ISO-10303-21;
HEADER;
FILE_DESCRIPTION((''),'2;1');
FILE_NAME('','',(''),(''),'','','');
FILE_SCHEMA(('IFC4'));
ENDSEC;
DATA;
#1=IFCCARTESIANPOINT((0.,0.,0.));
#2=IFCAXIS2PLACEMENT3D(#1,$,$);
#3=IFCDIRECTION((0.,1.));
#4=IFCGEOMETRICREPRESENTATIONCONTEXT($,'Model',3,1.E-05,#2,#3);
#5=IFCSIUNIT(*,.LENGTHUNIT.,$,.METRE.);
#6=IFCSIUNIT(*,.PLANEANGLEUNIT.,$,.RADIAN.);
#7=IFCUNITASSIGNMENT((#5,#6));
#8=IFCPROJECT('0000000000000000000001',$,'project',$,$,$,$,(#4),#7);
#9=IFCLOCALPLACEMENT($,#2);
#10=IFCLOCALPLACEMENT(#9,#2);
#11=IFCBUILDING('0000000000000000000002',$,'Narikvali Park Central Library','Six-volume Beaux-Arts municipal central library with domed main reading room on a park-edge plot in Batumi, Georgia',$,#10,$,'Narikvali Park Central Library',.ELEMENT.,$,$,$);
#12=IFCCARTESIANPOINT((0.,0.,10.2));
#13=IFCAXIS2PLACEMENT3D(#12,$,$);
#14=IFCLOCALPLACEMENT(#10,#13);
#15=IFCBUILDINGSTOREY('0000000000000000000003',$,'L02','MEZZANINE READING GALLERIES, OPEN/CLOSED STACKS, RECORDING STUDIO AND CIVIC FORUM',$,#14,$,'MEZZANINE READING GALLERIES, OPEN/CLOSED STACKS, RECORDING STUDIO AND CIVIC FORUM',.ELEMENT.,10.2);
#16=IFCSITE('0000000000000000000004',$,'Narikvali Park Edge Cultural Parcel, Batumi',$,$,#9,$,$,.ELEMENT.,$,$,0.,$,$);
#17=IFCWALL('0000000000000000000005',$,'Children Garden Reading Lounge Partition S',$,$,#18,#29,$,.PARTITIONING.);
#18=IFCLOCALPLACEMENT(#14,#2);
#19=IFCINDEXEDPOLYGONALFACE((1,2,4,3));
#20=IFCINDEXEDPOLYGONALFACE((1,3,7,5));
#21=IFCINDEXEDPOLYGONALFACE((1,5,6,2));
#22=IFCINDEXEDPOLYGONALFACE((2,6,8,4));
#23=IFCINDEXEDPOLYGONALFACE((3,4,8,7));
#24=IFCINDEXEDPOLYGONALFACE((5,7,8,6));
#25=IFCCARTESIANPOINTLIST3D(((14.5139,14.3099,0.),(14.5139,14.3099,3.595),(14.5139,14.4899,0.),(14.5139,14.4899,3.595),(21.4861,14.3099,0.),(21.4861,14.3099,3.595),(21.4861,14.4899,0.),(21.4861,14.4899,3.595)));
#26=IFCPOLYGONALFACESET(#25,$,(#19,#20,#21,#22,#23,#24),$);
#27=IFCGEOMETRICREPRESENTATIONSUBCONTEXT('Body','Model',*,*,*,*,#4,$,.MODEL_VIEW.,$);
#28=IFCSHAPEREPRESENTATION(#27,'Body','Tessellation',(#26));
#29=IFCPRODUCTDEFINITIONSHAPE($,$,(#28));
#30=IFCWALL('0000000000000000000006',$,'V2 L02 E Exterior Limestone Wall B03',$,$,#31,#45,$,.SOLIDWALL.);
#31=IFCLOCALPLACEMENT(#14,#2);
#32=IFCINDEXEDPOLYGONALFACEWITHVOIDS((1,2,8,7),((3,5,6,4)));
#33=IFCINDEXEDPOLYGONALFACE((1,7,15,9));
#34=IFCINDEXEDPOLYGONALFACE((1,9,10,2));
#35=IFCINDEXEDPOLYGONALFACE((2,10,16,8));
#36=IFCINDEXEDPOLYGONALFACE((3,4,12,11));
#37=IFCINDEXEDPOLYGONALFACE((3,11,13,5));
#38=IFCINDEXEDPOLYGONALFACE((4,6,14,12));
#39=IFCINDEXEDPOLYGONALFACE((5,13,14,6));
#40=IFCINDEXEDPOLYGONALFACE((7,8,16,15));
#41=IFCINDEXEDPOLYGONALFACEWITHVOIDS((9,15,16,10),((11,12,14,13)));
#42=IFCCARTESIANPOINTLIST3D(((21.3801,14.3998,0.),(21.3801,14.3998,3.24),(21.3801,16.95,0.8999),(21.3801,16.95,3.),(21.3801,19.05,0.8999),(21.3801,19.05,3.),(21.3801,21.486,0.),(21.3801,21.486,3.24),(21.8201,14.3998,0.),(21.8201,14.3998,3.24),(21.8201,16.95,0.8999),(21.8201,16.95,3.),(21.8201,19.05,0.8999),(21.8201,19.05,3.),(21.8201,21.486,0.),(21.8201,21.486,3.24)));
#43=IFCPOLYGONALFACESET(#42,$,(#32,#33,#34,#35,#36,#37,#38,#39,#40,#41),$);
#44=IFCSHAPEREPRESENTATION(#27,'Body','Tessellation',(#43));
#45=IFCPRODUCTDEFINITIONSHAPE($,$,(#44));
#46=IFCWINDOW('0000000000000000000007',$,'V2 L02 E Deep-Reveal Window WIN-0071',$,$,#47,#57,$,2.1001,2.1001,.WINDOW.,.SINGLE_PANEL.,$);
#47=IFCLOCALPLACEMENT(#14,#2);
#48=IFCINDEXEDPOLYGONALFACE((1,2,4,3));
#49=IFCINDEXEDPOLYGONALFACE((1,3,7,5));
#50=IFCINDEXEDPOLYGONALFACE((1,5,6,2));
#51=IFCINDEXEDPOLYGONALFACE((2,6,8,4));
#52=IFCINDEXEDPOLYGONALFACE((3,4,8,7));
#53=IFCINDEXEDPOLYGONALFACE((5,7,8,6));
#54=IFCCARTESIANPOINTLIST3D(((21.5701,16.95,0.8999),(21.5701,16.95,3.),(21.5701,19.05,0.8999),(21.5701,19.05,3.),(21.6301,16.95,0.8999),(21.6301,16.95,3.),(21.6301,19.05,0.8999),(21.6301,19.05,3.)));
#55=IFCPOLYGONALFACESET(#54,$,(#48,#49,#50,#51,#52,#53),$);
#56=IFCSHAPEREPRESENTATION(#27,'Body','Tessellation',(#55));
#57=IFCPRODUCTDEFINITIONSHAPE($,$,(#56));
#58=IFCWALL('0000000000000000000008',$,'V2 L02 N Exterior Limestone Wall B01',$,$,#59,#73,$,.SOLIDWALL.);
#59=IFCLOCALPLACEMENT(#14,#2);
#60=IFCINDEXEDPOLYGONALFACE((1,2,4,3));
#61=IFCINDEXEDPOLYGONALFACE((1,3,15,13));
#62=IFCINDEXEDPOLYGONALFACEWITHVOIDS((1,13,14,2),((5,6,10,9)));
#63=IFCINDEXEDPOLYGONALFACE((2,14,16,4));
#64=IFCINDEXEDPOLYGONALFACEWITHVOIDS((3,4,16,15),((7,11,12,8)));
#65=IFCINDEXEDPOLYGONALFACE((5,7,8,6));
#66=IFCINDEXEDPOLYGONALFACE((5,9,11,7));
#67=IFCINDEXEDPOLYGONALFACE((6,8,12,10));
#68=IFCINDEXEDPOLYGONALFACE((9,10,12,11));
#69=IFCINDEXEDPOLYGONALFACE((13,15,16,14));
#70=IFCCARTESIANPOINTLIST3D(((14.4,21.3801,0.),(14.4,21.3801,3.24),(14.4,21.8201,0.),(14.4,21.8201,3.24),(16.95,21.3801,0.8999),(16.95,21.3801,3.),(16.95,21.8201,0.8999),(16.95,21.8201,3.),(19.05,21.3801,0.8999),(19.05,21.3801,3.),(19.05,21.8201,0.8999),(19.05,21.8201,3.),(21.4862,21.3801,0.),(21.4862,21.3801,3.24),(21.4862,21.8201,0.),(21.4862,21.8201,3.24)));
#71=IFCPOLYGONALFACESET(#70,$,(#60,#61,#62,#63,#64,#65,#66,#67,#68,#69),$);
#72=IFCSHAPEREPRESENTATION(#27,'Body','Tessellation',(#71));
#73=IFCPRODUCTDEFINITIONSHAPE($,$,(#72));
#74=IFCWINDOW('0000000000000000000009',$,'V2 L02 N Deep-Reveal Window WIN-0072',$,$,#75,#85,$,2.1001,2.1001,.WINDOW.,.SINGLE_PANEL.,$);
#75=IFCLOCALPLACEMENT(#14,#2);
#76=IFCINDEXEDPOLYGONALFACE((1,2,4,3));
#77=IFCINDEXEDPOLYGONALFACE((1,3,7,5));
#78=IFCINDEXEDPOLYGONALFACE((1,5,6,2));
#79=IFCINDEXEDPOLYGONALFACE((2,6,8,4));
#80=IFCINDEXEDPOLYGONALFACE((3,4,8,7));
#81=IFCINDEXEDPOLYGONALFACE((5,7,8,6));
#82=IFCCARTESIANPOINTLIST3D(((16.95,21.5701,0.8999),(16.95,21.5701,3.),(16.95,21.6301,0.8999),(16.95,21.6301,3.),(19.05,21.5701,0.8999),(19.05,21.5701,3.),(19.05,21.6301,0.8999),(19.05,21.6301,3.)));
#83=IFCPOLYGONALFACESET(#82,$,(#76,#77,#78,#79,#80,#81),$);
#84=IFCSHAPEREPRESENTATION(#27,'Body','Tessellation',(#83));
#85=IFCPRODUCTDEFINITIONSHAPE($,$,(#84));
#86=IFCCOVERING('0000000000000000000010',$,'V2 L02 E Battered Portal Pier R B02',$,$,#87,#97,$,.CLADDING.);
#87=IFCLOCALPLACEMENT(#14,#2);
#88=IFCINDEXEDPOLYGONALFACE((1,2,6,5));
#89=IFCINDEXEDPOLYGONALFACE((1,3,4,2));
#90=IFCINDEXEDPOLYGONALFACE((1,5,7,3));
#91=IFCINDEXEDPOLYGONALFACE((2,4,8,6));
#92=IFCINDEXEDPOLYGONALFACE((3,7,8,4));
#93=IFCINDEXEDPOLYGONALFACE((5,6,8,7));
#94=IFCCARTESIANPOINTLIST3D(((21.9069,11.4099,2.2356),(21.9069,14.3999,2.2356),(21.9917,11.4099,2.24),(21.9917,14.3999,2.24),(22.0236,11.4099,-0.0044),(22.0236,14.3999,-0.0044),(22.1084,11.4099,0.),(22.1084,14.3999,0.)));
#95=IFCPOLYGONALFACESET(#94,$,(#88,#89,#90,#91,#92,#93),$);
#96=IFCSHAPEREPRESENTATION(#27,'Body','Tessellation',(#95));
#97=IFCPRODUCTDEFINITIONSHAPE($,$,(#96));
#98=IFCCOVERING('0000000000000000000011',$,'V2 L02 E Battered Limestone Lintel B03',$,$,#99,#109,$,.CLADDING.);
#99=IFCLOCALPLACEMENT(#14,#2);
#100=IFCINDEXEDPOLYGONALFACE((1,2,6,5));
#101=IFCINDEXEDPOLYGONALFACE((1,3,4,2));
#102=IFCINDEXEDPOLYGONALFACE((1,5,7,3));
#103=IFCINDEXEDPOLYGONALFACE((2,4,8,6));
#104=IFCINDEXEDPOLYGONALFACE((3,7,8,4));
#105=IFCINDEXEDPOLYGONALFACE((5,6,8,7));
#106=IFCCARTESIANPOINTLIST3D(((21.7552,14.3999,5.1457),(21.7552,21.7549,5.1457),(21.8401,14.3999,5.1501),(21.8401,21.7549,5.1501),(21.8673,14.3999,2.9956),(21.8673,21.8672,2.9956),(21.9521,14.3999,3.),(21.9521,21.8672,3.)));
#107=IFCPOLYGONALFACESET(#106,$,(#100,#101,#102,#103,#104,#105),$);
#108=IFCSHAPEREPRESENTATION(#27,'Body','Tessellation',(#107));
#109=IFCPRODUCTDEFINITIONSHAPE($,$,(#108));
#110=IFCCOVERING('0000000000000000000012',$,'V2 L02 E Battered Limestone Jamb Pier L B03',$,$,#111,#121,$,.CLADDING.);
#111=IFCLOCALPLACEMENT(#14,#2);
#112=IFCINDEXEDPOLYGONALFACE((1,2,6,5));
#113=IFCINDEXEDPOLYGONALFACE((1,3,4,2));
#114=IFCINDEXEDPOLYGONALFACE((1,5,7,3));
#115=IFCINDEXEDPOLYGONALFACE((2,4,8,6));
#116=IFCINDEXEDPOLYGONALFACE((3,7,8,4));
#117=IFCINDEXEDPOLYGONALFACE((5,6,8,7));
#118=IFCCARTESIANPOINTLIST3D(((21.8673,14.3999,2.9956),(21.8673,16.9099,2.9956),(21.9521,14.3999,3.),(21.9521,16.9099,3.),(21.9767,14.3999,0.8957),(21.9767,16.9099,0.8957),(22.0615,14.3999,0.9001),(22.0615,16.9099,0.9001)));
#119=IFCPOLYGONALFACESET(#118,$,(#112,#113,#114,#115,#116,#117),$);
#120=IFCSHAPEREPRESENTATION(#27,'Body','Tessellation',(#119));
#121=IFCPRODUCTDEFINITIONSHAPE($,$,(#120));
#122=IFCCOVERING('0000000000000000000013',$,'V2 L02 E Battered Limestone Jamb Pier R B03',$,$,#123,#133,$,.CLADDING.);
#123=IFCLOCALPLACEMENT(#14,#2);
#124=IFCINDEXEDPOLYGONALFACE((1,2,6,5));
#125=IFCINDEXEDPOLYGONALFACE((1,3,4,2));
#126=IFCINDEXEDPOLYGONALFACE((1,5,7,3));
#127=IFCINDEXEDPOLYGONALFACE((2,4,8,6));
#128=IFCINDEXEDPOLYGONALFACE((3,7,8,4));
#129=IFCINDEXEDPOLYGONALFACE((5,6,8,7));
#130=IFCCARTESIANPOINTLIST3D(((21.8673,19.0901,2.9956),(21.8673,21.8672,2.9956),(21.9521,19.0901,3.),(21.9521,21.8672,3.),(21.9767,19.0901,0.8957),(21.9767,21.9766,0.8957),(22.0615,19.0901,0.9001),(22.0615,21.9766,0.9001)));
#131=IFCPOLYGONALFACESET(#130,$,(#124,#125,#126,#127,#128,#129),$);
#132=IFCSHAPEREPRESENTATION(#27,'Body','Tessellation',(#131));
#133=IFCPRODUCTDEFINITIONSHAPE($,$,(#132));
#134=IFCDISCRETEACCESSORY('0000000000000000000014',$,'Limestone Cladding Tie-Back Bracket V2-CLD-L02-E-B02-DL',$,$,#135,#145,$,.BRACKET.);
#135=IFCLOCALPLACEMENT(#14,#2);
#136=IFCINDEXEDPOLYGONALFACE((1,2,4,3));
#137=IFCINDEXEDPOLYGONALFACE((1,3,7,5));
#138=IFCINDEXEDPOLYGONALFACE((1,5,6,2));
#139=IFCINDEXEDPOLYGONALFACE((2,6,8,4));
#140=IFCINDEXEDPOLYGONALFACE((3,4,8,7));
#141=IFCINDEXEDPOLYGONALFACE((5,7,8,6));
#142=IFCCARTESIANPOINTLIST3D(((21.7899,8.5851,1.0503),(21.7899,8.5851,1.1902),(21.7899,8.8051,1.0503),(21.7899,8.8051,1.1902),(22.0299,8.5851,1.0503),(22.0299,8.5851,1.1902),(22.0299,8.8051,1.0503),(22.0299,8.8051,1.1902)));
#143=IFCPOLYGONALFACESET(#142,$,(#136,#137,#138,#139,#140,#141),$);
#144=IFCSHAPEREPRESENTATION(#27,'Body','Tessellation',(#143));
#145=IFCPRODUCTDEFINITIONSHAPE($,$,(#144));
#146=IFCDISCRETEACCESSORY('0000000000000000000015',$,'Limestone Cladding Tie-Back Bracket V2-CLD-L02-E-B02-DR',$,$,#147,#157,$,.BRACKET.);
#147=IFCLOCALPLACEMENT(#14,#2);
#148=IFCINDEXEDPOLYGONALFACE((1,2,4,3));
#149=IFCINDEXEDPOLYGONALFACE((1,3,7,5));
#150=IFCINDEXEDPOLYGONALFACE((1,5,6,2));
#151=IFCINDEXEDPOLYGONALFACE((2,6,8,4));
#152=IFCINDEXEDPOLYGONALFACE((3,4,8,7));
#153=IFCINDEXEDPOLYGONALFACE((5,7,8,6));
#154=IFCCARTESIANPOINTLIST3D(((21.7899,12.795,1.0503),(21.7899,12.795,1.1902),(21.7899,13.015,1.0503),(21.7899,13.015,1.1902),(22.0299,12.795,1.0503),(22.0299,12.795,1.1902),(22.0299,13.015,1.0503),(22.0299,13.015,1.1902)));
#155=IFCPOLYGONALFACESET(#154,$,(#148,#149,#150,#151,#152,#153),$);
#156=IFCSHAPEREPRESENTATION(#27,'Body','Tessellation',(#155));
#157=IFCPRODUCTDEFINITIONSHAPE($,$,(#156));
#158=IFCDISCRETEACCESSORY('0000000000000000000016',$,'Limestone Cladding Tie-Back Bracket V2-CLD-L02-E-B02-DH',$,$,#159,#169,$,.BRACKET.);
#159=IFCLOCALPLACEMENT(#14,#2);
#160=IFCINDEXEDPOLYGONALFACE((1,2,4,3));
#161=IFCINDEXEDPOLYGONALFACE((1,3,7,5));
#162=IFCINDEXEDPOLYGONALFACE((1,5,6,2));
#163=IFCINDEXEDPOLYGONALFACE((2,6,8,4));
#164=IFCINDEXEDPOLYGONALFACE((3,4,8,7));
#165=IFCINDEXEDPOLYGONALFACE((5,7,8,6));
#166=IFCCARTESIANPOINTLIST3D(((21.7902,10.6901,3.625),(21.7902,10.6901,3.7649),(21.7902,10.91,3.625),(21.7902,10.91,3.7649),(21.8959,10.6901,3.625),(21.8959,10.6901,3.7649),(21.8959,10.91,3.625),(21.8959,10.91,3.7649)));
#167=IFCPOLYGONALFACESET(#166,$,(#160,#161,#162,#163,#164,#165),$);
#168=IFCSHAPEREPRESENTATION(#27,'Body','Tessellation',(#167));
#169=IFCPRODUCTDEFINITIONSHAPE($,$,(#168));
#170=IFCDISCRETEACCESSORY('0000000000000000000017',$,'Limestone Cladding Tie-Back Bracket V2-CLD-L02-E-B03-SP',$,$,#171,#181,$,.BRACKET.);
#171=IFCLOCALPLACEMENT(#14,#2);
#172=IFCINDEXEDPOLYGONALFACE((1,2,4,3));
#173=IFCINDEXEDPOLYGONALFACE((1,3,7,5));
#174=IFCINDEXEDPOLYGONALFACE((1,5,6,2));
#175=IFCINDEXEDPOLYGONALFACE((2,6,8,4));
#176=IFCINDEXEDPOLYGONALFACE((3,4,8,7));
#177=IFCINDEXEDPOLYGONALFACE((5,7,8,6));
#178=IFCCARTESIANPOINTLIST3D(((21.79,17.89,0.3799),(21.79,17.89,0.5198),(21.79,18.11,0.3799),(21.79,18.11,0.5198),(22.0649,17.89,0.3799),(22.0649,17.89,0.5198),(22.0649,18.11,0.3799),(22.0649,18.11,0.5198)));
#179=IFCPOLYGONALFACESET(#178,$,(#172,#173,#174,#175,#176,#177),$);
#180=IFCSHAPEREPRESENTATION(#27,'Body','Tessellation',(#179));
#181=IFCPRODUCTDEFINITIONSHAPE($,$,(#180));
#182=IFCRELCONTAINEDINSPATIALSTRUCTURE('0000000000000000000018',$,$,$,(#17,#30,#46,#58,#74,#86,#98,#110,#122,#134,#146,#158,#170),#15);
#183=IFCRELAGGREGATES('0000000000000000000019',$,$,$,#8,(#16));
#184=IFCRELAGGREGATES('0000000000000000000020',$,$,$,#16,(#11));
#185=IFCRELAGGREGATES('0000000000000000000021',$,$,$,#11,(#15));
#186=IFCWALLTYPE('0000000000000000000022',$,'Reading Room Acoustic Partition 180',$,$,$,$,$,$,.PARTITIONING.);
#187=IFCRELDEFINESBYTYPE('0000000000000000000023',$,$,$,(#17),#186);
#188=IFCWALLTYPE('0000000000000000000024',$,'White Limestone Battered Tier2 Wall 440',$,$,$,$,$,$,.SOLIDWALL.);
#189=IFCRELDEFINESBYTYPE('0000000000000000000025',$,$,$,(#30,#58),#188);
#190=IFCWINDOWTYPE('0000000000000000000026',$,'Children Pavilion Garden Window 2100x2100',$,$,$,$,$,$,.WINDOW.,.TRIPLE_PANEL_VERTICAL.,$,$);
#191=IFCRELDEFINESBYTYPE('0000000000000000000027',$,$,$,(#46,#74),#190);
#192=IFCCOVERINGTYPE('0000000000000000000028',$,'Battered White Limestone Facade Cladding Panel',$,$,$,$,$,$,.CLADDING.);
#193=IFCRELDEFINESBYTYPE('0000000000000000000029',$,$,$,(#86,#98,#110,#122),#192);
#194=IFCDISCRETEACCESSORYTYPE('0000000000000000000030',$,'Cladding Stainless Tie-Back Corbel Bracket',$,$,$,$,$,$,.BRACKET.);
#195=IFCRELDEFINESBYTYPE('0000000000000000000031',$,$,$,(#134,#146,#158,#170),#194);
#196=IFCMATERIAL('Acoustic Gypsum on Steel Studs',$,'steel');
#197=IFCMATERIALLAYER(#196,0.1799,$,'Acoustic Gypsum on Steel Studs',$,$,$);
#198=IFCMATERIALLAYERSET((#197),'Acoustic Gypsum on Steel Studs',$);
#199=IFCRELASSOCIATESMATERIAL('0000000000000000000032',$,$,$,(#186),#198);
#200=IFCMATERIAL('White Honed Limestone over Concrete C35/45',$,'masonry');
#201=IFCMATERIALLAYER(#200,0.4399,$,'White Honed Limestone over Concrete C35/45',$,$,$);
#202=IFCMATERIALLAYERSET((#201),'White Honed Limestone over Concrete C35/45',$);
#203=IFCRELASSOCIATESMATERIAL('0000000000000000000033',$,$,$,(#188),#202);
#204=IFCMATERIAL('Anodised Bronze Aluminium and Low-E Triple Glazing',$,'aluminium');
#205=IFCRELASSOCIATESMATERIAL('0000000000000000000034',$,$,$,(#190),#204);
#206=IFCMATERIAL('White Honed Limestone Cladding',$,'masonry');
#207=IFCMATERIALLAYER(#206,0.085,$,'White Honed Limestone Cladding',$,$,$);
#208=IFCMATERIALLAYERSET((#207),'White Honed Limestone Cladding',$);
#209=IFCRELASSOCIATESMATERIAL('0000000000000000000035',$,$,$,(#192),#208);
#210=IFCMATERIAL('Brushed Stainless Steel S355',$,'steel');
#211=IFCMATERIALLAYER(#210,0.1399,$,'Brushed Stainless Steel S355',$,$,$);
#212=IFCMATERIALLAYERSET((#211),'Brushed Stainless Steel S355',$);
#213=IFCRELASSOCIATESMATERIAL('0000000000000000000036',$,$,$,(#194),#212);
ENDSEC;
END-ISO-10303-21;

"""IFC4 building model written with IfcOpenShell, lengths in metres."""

from ifc_helpers import new_model, si_unit, direction, frame, frame_2d, origin, origin_2d, place, context, subcontext, project, spatial, polyline, rectangle, outline, extrude, material, layer, layer_set, type_object, element, fill, save


model = new_model("IFC4")

# Units and contexts
model_context = context("Model", 3, precision=1e-05, world=origin(), true_north=direction((0.0, 1.0)))
body_context = subcontext(model_context, "Body", "Model", "MODEL_VIEW")
ifc_project = project(units=[si_unit("LENGTHUNIT", "METRE"), si_unit("PLANEANGLEUNIT", "RADIAN")], contexts=[model_context])

# Site, building, storey
site_placement = place(None, origin())
site = spatial("IfcSite", under=ifc_project, at=site_placement, Name="Narikvali Park Edge Cultural Parcel, Batumi", CompositionType="ELEMENT", RefElevation=0.0)
building_placement = place(site_placement, origin())
building = spatial("IfcBuilding", under=site, at=building_placement, Name="Narikvali Park Central Library", Description="Six-volume Beaux-Arts municipal central library with domed main reading room on a park-edge plot in Batumi, Georgia", LongName="Narikvali Park Central Library", CompositionType="ELEMENT")
storey_placement = place(building_placement, frame((0.0, 0.0, 10.2)))
storey = spatial("IfcBuildingStorey", under=building, at=storey_placement, Name="L02", Description="MEZZANINE READING GALLERIES, OPEN/CLOSED STACKS, RECORDING STUDIO AND CIVIC FORUM", LongName="MEZZANINE READING GALLERIES, OPEN/CLOSED STACKS, RECORDING STUDIO AND CIVIC FORUM", CompositionType="ELEMENT", Elevation=10.2)

# Wall
ifc_material_1 = material(Name="Acoustic Gypsum on Steel Studs", Category="steel")
ifc_layer_1 = layer(ifc_material_1, 0.1799, Name="Acoustic Gypsum on Steel Studs")
ifc_layer_set_1 = layer_set([ifc_layer_1], Name="Acoustic Gypsum on Steel Studs")
wall_type_1 = type_object("IfcWallType", Name="Reading Room Acoustic Partition 180", PredefinedType="PARTITIONING", material=ifc_layer_set_1)
wall_1_placement = place(storey_placement, frame((14.5139, 14.3999, 0.0), z_axis=(0.0, 0.0, 1.0), x_axis=(1.0, 0.0, 0.0)))
element("IfcWall", 1, at=wall_1_placement, inside=storey, type_object=wall_type_1, Name="Children Garden Reading Lounge Partition S", PredefinedType="PARTITIONING", context=body_context, shape_type="SweptSolid", body=[
    extrude(rectangle(XDim=6.9722, YDim=0.1799, at=frame_2d((3.4861, 0.0))), origin(), (0.0, 0.0, 1.0), 3.595),
])

# Walls, openings, windows
ifc_material_2 = material(Name="White Honed Limestone over Concrete C35/45", Category="masonry")
ifc_layer_2 = layer(ifc_material_2, 0.4399, Name="White Honed Limestone over Concrete C35/45")
ifc_layer_set_2 = layer_set([ifc_layer_2], Name="White Honed Limestone over Concrete C35/45")
wall_type_2 = type_object("IfcWallType", Name="White Limestone Battered Tier2 Wall 440", PredefinedType="SOLIDWALL", material=ifc_layer_set_2)
wall_2_placement = place(storey_placement, frame((21.6001, 14.3999, 0.0), z_axis=(0.0, 0.0, 1.0), x_axis=(0.0, 1.0, 0.0)))
wall_2 = element("IfcWall", 2, at=wall_2_placement, inside=storey, type_object=wall_type_2, Name="V2 L02 E Exterior Limestone Wall B03", PredefinedType="SOLIDWALL", context=body_context, shape_type="SweptSolid", body=[
    extrude(rectangle(XDim=7.0862, YDim=0.4399, at=frame_2d((3.543, 0.0))), origin(), (0.0, 0.0, 1.0), 3.24),
])
opening_1_placement = place(wall_2_placement, frame((2.55, 0.0, 0.8999)))
opening_1 = element("IfcOpeningElement", 3, at=opening_1_placement, cuts=wall_2, PredefinedType="OPENING", context=body_context, shape_type="SweptSolid", body=[
    extrude(rectangle(XDim=2.1001, YDim=2.1001, at=frame_2d((1.05, 1.05))), frame((0.0, 0.2319, 0.0), z_axis=(0.0, -1.0, 0.0), x_axis=(1.0, 0.0, 0.0)), (0.0, 0.0, 1.0), 0.4639),
])
ifc_material_3 = material(Name="Anodised Bronze Aluminium and Low-E Triple Glazing", Category="aluminium")
window_type = type_object("IfcWindowType", Name="Children Pavilion Garden Window 2100x2100", PartitioningType="TRIPLE_PANEL_VERTICAL", PredefinedType="WINDOW", material=ifc_material_3)
window_1_placement = place(opening_1_placement, origin())
window_1 = element("IfcWindow", 4, at=window_1_placement, inside=storey, type_object=window_type, Name="V2 L02 E Deep-Reveal Window WIN-0071", OverallHeight=2.1001, OverallWidth=2.1001, PartitioningType="SINGLE_PANEL", PredefinedType="WINDOW", context=body_context, shape_type="SweptSolid", body=[
    extrude(rectangle(XDim=2.1001, YDim=2.1001, at=frame_2d((1.05, 1.05))), frame((0.0, 0.03, 0.0), z_axis=(0.0, -1.0, 0.0), x_axis=(1.0, 0.0, 0.0)), (0.0, 0.0, 1.0), 0.0601),
])
fill(opening_1, window_1)
wall_3_placement = place(storey_placement, frame((21.4861, 21.6001, 0.0), z_axis=(0.0, 0.0, 1.0), x_axis=(-1.0, 0.0, 0.0)))
wall_3 = element("IfcWall", 5, at=wall_3_placement, inside=storey, type_object=wall_type_2, Name="V2 L02 N Exterior Limestone Wall B01", PredefinedType="SOLIDWALL", context=body_context, shape_type="SweptSolid", body=[
    extrude(rectangle(XDim=7.0862, YDim=0.4399, at=frame_2d((3.543, 0.0))), origin(), (0.0, 0.0, 1.0), 3.24),
])
opening_2_placement = place(wall_3_placement, frame((2.436, 0.0, 0.8999)))
opening_2 = element("IfcOpeningElement", 6, at=opening_2_placement, cuts=wall_3, PredefinedType="OPENING", context=body_context, shape_type="SweptSolid", body=[
    extrude(rectangle(XDim=2.1001, YDim=2.1001, at=frame_2d((1.05, 1.05))), frame((0.0, 0.2319, 0.0), z_axis=(0.0, -1.0, 0.0), x_axis=(1.0, 0.0, 0.0)), (0.0, 0.0, 1.0), 0.4639),
])
window_2_placement = place(opening_2_placement, origin())
window_2 = element("IfcWindow", 7, at=window_2_placement, inside=storey, type_object=window_type, Name="V2 L02 N Deep-Reveal Window WIN-0072", OverallHeight=2.1001, OverallWidth=2.1001, PartitioningType="SINGLE_PANEL", PredefinedType="WINDOW", context=body_context, shape_type="SweptSolid", body=[
    extrude(rectangle(XDim=2.1001, YDim=2.1001, at=frame_2d((1.05, 1.05))), frame((0.0, 0.03, 0.0), z_axis=(0.0, -1.0, 0.0), x_axis=(1.0, 0.0, 0.0)), (0.0, 0.0, 1.0), 0.0601),
])
fill(opening_2, window_2)

# Coverings
ifc_material_4 = material(Name="White Honed Limestone Cladding", Category="masonry")
ifc_layer_3 = layer(ifc_material_4, 0.085, Name="White Honed Limestone Cladding")
ifc_layer_set_3 = layer_set([ifc_layer_3], Name="White Honed Limestone Cladding")
covering_type = type_object("IfcCoveringType", Name="Battered White Limestone Facade Cladding Panel", PredefinedType="CLADDING", material=ifc_layer_set_3)
covering_1_placement = place(storey_placement, frame((22.1084, 11.4099, 0.0), z_axis=(0.998646, 0.0, 0.052028), x_axis=(0.0, 1.0, 0.0)))
element("IfcCovering", 8, at=covering_1_placement, inside=storey, type_object=covering_type, Name="V2 L02 E Battered Portal Pier R B02", PredefinedType="CLADDING", context=body_context, shape_type="SweptSolid", body=[
    extrude(outline(polyline([(0.0, 0.0), (2.99, 0.0), (2.99, 2.243), (0.0, 2.243), (0.0, 0.0)])), origin(), (0.0, 0.0, -1.0), 0.085),
])
covering_2_placement = place(storey_placement, frame((21.9521, 14.3999, 3.0), z_axis=(0.998645, 0.0, 0.052047), x_axis=(0.0, 1.0, 0.0)))
element("IfcCovering", 9, at=covering_2_placement, inside=storey, type_object=covering_type, Name="V2 L02 E Battered Limestone Lintel B03", PredefinedType="CLADDING", context=body_context, shape_type="SweptSolid", body=[
    extrude(outline(polyline([(0.0, 0.0), (7.4673, 0.0), (7.355, 2.1531), (0.0, 2.1531), (0.0, 0.0)])), origin(), (0.0, 0.0, -1.0), 0.085),
])
covering_3_placement = place(storey_placement, frame((22.0615, 14.3999, 0.9001), z_axis=(0.998646, 0.0, 0.052016), x_axis=(0.0, 1.0, 0.0)))
element("IfcCovering", 10, at=covering_3_placement, inside=storey, type_object=covering_type, Name="V2 L02 E Battered Limestone Jamb Pier L B03", PredefinedType="CLADDING", context=body_context, shape_type="SweptSolid", body=[
    extrude(outline(polyline([(0.0, 0.0), (2.51, 0.0), (2.51, 2.1027), (0.0, 2.1027), (0.0, 0.0)])), origin(), (0.0, 0.0, -1.0), 0.085),
])
covering_4_placement = place(storey_placement, frame((22.0615, 19.0901, 0.9001), z_axis=(0.998646, 0.0, 0.052016), x_axis=(0.0, 1.0, 0.0)))
element("IfcCovering", 11, at=covering_4_placement, inside=storey, type_object=covering_type, Name="V2 L02 E Battered Limestone Jamb Pier R B03", PredefinedType="CLADDING", context=body_context, shape_type="SweptSolid", body=[
    extrude(outline(polyline([(0.0, 0.0), (2.8865, 0.0), (2.7771, 2.1027), (0.0, 2.1027), (0.0, 0.0)])), origin(), (0.0, 0.0, -1.0), 0.085),
])

# Discrete accessories
ifc_material_5 = material(Name="Brushed Stainless Steel S355", Category="steel")
ifc_layer_4 = layer(ifc_material_5, 0.1399, Name="Brushed Stainless Steel S355")
ifc_layer_set_4 = layer_set([ifc_layer_4], Name="Brushed Stainless Steel S355")
discrete_accessory_type = type_object("IfcDiscreteAccessoryType", Name="Cladding Stainless Tie-Back Corbel Bracket", PredefinedType="BRACKET", material=ifc_layer_set_4)
for number, where, z_axis, x_axis, name in (
    (12, (21.9099, 8.6951, 1.0503), (0.0, 0.0, 1.0), (1.0, 0.0, 0.0), "Limestone Cladding Tie-Back Bracket V2-CLD-L02-E-B02-DL"),
    (13, (21.9099, 12.905, 1.0503), (0.0, 0.0, 1.0), (1.0, 0.0, 0.0), "Limestone Cladding Tie-Back Bracket V2-CLD-L02-E-B02-DR"),
):
    element("IfcDiscreteAccessory", number, at=place(storey_placement, frame(where, z_axis=z_axis, x_axis=x_axis)), inside=storey, type_object=discrete_accessory_type, Name=name, PredefinedType="BRACKET", context=body_context, shape_type="SweptSolid", body=[
        extrude(rectangle(XDim=0.24, YDim=0.22, at=origin_2d()), origin(), (0.0, 0.0, 1.0), 0.1399),
    ])
discrete_accessory_1_placement = place(storey_placement, frame((21.843, 10.8, 3.625), z_axis=(0.0, 0.0, 1.0), x_axis=(1.0, 0.0, 0.0)))
element("IfcDiscreteAccessory", 14, at=discrete_accessory_1_placement, inside=storey, type_object=discrete_accessory_type, Name="Limestone Cladding Tie-Back Bracket V2-CLD-L02-E-B02-DH", PredefinedType="BRACKET", context=body_context, shape_type="SweptSolid", body=[
    extrude(rectangle(XDim=0.1057, YDim=0.22, at=origin_2d()), origin(), (0.0, 0.0, 1.0), 0.1399),
])
discrete_accessory_2_placement = place(storey_placement, frame((21.9275, 18.0, 0.3799), z_axis=(0.0, 0.0, 1.0), x_axis=(1.0, 0.0, 0.0)))
element("IfcDiscreteAccessory", 15, at=discrete_accessory_2_placement, inside=storey, type_object=discrete_accessory_type, Name="Limestone Cladding Tie-Back Bracket V2-CLD-L02-E-B03-SP", PredefinedType="BRACKET", context=body_context, shape_type="SweptSolid", body=[
    extrude(rectangle(XDim=0.2749, YDim=0.22, at=origin_2d()), origin(), (0.0, 0.0, 1.0), 0.1399),
])

save(model, "model.ifc")
